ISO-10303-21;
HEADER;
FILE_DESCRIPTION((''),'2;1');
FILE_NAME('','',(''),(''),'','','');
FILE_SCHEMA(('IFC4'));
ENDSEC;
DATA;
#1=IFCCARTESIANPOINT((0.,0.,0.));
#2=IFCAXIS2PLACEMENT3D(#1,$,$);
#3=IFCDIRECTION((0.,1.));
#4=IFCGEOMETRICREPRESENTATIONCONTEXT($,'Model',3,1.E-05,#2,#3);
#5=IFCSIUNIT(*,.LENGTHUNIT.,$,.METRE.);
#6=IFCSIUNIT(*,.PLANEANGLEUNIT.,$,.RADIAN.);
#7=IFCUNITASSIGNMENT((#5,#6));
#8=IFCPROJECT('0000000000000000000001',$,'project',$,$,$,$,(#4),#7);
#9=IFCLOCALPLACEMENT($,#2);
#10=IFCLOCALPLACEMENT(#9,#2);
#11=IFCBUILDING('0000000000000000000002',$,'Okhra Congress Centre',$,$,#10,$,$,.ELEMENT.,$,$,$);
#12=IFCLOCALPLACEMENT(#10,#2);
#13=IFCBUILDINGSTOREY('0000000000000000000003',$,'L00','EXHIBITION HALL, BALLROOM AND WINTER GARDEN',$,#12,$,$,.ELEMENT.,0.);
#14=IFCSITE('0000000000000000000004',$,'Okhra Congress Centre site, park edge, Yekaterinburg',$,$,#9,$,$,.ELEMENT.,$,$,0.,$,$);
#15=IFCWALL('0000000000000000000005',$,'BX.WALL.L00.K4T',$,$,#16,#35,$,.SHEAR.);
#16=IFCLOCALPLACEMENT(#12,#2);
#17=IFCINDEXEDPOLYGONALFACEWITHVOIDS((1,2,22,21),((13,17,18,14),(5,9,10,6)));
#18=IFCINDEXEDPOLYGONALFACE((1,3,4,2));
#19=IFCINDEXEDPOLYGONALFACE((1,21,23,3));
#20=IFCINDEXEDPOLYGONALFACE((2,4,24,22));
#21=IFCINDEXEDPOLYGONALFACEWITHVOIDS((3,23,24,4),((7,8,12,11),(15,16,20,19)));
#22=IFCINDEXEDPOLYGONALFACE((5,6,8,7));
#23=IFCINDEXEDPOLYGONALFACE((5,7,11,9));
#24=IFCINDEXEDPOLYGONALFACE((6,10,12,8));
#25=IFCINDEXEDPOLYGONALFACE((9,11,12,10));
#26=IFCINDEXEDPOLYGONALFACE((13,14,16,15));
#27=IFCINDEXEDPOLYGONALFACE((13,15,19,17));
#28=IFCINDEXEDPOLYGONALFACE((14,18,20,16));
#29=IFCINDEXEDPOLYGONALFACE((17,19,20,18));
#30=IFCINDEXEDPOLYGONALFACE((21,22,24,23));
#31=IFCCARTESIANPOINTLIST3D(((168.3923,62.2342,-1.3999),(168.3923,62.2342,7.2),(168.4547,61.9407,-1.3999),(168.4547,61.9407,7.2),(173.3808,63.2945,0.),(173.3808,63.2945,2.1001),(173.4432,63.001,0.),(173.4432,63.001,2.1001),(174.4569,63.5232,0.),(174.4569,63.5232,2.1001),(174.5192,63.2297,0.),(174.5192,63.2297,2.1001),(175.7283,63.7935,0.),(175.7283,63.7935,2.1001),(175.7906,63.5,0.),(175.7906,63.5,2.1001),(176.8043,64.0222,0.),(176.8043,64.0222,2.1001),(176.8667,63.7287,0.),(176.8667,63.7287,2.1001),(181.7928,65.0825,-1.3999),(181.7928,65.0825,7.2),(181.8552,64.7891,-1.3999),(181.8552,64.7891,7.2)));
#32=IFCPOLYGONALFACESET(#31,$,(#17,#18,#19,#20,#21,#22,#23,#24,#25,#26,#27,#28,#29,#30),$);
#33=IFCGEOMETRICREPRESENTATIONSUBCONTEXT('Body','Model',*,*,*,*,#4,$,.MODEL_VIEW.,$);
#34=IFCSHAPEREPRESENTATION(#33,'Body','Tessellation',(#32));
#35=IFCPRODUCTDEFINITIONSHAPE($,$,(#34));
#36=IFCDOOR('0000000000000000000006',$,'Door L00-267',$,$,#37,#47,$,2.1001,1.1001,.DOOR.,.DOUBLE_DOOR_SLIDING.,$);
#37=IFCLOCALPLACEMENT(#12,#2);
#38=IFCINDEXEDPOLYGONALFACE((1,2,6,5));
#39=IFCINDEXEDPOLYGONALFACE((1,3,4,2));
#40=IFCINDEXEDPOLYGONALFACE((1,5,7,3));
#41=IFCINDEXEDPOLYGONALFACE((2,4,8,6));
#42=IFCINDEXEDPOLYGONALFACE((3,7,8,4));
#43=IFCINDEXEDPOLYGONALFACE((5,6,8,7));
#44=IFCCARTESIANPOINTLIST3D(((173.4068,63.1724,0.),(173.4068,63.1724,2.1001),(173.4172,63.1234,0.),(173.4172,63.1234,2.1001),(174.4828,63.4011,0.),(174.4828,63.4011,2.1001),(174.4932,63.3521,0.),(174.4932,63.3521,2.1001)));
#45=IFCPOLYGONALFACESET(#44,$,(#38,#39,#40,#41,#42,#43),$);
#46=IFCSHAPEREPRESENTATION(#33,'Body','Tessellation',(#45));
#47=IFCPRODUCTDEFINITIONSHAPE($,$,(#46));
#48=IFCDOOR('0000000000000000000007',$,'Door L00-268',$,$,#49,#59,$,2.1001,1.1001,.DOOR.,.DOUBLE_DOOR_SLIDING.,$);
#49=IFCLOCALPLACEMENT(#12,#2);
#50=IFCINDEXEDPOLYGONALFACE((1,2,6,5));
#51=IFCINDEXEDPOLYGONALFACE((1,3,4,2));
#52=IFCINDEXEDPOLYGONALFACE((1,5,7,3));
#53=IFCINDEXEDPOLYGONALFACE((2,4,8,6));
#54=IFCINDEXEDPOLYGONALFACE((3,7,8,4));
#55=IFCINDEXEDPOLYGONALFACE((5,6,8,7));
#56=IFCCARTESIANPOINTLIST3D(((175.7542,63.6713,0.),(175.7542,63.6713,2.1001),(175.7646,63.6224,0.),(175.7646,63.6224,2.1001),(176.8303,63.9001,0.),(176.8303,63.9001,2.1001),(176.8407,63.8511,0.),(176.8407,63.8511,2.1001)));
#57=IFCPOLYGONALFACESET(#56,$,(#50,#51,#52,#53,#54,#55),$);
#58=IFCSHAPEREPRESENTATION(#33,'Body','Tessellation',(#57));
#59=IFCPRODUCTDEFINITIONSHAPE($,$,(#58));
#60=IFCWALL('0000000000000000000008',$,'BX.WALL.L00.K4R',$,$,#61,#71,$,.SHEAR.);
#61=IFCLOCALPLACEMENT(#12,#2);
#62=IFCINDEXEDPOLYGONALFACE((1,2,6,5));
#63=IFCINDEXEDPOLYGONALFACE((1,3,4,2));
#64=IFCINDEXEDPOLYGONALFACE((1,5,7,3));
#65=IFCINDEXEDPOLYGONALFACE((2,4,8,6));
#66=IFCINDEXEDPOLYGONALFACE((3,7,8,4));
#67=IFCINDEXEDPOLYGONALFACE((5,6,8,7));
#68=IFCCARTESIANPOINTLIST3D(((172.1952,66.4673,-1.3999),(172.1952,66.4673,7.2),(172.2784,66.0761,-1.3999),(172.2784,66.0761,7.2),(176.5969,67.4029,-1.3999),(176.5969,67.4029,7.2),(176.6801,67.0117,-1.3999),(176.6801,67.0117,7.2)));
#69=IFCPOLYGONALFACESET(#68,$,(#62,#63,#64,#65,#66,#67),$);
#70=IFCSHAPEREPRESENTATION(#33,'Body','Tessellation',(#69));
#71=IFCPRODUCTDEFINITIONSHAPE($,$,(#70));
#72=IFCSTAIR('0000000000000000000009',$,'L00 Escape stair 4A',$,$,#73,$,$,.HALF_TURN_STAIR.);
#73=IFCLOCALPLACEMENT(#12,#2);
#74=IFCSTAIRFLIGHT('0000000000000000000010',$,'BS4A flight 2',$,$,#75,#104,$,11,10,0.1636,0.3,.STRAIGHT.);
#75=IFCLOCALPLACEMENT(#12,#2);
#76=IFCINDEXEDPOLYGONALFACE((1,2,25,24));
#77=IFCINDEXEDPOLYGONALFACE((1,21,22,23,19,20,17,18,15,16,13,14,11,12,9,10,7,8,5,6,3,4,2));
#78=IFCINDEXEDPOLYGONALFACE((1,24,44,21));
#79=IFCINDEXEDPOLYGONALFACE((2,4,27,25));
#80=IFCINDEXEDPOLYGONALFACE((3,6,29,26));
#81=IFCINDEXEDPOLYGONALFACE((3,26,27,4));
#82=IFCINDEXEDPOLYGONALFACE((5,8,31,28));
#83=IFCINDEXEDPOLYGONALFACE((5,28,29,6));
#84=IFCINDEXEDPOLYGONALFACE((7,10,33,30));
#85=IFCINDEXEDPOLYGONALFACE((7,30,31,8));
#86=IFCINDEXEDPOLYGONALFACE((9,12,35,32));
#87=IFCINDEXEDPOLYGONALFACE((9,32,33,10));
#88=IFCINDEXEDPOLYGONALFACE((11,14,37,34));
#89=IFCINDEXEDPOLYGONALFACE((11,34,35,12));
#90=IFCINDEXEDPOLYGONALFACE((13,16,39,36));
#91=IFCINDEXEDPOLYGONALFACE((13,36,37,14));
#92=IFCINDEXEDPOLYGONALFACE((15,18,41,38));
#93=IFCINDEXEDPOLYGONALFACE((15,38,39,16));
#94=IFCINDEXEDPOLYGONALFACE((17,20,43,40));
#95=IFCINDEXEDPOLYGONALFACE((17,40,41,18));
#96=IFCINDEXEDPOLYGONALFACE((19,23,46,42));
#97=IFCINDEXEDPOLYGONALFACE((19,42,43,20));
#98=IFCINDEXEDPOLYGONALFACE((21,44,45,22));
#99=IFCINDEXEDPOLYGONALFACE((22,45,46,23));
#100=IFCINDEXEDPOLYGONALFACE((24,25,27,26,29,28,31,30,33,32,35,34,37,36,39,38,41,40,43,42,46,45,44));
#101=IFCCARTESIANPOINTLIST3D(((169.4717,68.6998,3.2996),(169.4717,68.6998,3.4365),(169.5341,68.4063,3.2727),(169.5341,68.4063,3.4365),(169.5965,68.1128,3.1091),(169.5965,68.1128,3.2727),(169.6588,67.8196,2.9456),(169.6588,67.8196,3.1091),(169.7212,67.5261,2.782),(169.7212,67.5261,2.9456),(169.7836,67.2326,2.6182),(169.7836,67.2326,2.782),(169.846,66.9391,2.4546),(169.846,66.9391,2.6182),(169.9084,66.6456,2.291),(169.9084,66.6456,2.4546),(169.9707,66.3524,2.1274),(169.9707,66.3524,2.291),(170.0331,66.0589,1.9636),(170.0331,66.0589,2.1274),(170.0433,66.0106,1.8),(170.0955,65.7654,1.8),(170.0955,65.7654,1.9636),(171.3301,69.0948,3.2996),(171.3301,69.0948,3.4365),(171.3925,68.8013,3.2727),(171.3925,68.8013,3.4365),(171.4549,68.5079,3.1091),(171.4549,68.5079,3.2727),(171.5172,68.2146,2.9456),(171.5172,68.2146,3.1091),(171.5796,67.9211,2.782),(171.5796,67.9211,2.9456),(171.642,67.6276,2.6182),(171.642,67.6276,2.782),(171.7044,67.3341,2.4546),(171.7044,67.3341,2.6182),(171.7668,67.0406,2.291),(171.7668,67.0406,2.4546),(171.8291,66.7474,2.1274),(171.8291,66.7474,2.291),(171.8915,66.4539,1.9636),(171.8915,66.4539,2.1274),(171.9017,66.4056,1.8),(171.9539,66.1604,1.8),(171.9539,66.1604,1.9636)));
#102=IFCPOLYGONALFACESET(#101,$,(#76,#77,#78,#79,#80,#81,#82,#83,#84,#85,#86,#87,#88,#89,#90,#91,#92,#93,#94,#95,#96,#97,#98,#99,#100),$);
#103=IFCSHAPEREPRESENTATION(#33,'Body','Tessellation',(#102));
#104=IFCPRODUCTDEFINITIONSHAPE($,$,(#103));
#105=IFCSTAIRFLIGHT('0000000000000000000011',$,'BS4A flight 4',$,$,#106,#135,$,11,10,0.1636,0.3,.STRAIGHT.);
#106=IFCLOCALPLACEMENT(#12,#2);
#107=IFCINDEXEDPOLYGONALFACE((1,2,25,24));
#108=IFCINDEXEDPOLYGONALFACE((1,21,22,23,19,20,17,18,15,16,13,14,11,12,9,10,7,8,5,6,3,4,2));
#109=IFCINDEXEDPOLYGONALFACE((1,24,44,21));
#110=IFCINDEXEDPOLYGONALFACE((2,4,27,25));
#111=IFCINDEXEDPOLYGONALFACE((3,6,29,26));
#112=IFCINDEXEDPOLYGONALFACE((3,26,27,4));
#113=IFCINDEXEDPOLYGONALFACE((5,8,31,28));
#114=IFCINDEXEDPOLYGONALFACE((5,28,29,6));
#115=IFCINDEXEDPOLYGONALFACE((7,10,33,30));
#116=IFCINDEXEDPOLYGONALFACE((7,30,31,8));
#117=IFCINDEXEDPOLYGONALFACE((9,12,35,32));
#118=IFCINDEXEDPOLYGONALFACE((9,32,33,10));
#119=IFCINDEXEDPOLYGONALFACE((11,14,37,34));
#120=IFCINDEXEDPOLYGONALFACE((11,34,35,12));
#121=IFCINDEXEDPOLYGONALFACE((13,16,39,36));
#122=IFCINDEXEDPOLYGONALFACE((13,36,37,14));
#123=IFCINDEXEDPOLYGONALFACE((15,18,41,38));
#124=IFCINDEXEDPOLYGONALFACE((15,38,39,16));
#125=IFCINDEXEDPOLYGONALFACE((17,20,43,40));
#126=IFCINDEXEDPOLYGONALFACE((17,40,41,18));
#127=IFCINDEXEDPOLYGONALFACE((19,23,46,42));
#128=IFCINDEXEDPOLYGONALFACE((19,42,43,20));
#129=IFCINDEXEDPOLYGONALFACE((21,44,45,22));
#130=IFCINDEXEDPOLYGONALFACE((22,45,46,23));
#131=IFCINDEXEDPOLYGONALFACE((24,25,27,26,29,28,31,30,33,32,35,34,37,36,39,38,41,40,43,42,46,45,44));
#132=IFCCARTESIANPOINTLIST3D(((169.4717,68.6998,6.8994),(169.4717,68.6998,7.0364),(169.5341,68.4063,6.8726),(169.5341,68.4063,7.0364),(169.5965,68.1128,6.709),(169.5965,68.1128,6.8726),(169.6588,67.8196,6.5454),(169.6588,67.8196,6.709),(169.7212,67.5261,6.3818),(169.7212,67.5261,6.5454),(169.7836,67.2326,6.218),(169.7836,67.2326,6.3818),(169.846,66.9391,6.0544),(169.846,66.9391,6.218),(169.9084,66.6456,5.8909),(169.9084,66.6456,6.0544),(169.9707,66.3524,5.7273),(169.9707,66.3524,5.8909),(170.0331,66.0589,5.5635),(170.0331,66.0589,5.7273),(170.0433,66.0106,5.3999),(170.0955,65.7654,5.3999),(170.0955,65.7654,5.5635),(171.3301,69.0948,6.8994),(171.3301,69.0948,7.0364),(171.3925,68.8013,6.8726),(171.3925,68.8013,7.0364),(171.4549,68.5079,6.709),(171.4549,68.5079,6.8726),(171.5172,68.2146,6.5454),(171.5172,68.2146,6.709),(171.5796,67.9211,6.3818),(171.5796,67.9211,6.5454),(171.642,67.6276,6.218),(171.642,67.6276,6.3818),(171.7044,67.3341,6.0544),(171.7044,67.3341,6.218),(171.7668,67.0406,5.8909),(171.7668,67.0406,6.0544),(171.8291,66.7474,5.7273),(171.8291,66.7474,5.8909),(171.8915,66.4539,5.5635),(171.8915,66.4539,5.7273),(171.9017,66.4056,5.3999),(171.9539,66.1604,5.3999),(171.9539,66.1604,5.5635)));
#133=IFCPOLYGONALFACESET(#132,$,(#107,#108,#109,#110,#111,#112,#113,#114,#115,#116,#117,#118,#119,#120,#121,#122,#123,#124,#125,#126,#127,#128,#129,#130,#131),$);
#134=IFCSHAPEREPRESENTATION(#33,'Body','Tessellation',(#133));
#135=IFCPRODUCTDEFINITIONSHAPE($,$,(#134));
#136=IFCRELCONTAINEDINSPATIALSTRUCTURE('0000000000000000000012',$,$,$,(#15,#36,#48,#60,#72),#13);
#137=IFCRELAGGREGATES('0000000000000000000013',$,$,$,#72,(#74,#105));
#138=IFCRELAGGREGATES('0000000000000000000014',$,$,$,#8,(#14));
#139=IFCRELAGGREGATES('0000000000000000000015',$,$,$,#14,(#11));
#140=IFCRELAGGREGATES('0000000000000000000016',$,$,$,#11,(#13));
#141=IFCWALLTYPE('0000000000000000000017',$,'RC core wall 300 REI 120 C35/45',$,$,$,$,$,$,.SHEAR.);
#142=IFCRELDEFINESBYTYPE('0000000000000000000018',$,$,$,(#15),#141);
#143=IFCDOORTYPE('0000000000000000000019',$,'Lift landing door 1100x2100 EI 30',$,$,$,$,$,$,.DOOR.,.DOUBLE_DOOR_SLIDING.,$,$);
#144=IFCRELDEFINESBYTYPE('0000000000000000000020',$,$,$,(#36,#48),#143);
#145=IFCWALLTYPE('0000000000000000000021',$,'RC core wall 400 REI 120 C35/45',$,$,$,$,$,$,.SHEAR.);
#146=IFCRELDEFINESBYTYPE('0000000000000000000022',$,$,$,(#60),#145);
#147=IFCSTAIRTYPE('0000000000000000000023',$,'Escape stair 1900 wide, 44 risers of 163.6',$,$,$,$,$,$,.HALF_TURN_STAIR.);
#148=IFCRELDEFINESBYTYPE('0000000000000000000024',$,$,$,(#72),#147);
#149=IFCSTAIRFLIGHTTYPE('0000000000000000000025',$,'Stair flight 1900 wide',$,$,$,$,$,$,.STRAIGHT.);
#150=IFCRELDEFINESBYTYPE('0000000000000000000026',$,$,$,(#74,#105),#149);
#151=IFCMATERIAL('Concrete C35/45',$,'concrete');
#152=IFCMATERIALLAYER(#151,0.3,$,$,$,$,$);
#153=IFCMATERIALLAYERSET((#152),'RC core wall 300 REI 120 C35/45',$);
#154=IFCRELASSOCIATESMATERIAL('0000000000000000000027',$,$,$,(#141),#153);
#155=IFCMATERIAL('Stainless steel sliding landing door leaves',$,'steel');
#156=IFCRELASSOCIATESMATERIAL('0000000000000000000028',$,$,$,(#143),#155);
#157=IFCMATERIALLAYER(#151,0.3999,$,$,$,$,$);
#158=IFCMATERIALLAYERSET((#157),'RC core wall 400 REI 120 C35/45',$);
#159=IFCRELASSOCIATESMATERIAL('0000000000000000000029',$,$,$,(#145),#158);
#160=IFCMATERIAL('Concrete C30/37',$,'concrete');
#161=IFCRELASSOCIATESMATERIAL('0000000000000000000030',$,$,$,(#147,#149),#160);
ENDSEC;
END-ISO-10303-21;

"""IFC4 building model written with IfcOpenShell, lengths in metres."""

from ifc_helpers import new_model, si_unit, direction, frame, frame_2d, origin, place, context, subcontext, project, spatial, polyline, rectangle, outline, extrude, material, layer, layer_set, type_object, element, fill, aggregate, save


model = new_model("IFC4")

# Units and contexts
model_context = context("Model", 3, precision=1e-05, world=origin(), true_north=direction((0.0, 1.0)))
body_context = subcontext(model_context, "Body", "Model", "MODEL_VIEW")
ifc_project = project(units=[si_unit("LENGTHUNIT", "METRE"), si_unit("PLANEANGLEUNIT", "RADIAN")], contexts=[model_context])

# Site, building, storey
site_placement = place(None, origin())
site = spatial("IfcSite", under=ifc_project, at=site_placement, Name="Okhra Congress Centre site, park edge, Yekaterinburg", CompositionType="ELEMENT", RefElevation=0.0)
building_placement = place(site_placement, origin())
building = spatial("IfcBuilding", under=site, at=building_placement, Name="Okhra Congress Centre", CompositionType="ELEMENT")
storey_placement = place(building_placement, origin())
storey = spatial("IfcBuildingStorey", under=building, at=storey_placement, Name="L00", Description="EXHIBITION HALL, BALLROOM AND WINTER GARDEN", CompositionType="ELEMENT", Elevation=0.0)

# Shared definitions
ifc_material_1 = material(Name="Concrete C30/37", Category="concrete")

# Shared definitions
ifc_material_2 = material(Name="Concrete C35/45", Category="concrete")

# Wall, openings, doors
ifc_layer_1 = layer(ifc_material_2, 0.3)
ifc_layer_set_1 = layer_set([ifc_layer_1], Name="RC core wall 300 REI 120 C35/45")
wall_type_1 = type_object("IfcWallType", Name="RC core wall 300 REI 120 C35/45", PredefinedType="SHEAR", material=ifc_layer_set_1)
wall_1_placement = place(storey_placement, frame((168.4233, 62.0874, -1.3999), z_axis=(0.0, 0.0, 1.0), x_axis=(0.978148, 0.207911, 0.0)))
wall_1 = element("IfcWall", 1, at=wall_1_placement, inside=storey, type_object=wall_type_1, Name="BX.WALL.L00.K4T", PredefinedType="SHEAR", context=body_context, shape_type="SweptSolid", body=[
    extrude(rectangle(XDim=13.7, YDim=0.3, at=frame_2d((6.8501, 0.0))), origin(), (0.0, 0.0, 1.0), 8.5999),
])
opening_1_placement = place(wall_1_placement, frame((5.1001, 0.0, 1.3999)))
opening_1 = element("IfcOpeningElement", 2, at=opening_1_placement, cuts=wall_1, PredefinedType="OPENING", context=body_context, shape_type="SweptSolid", body=[
    extrude(rectangle(XDim=1.1001, YDim=2.1001, at=frame_2d((0.55, 1.05))), frame((0.0, 0.1599, 0.0), z_axis=(0.0, -1.0, 0.0), x_axis=(1.0, 0.0, 0.0)), (0.0, 0.0, 1.0), 0.3201),
])
opening_2_placement = place(wall_1_placement, frame((7.5, 0.0, 1.3999)))
opening_2 = element("IfcOpeningElement", 3, at=opening_2_placement, cuts=wall_1, PredefinedType="OPENING", context=body_context, shape_type="SweptSolid", body=[
    extrude(rectangle(XDim=1.1001, YDim=2.1001, at=frame_2d((0.55, 1.05))), frame((0.0, 0.1599, 0.0), z_axis=(0.0, -1.0, 0.0), x_axis=(1.0, 0.0, 0.0)), (0.0, 0.0, 1.0), 0.3201),
])
ifc_material_3 = material(Name="Stainless steel sliding landing door leaves", Category="steel")
door_type = type_object("IfcDoorType", Name="Lift landing door 1100x2100 EI 30", OperationType="DOUBLE_DOOR_SLIDING", PredefinedType="DOOR", material=ifc_material_3)
door_1_placement = place(opening_1_placement, frame((1.1001, 0.0, 0.0), z_axis=(0.0, 0.0, 1.0), x_axis=(-1.0, 0.0, 0.0)))
door_1 = element("IfcDoor", 4, at=door_1_placement, inside=storey, type_object=door_type, Name="Door L00-267", OperationType="DOUBLE_DOOR_SLIDING", OverallHeight=2.1001, OverallWidth=1.1001, PredefinedType="DOOR", context=body_context, shape_type="SweptSolid", body=[
    extrude(rectangle(XDim=1.1001, YDim=2.1001, at=frame_2d((0.55, 1.05))), frame((0.0, 0.0249, 0.0), z_axis=(0.0, -1.0, 0.0), x_axis=(1.0, 0.0, 0.0)), (0.0, 0.0, 1.0), 0.05),
])
fill(opening_1, door_1)
door_2_placement = place(opening_2_placement, frame((1.1001, 0.0, 0.0), z_axis=(0.0, 0.0, 1.0), x_axis=(-1.0, 0.0, 0.0)))
door_2 = element("IfcDoor", 5, at=door_2_placement, inside=storey, type_object=door_type, Name="Door L00-268", OperationType="DOUBLE_DOOR_SLIDING", OverallHeight=2.1001, OverallWidth=1.1001, PredefinedType="DOOR", context=body_context, shape_type="SweptSolid", body=[
    extrude(rectangle(XDim=1.1001, YDim=2.1001, at=frame_2d((0.55, 1.05))), frame((0.0, 0.0249, 0.0), z_axis=(0.0, -1.0, 0.0), x_axis=(1.0, 0.0, 0.0)), (0.0, 0.0, 1.0), 0.05),
])
fill(opening_2, door_2)

# Wall
ifc_layer_2 = layer(ifc_material_2, 0.3999)
ifc_layer_set_2 = layer_set([ifc_layer_2], Name="RC core wall 400 REI 120 C35/45")
wall_type_2 = type_object("IfcWallType", Name="RC core wall 400 REI 120 C35/45", PredefinedType="SHEAR", material=ifc_layer_set_2)
wall_2_placement = place(storey_placement, frame((172.2368, 66.2717, -1.3999), z_axis=(0.0, 0.0, 1.0), x_axis=(0.97815, 0.207902, 0.0)))
element("IfcWall", 6, at=wall_2_placement, inside=storey, type_object=wall_type_2, Name="BX.WALL.L00.K4R", PredefinedType="SHEAR", context=body_context, shape_type="SweptSolid", body=[
    extrude(rectangle(XDim=4.5, YDim=0.3999, at=frame_2d((2.25, 0.0))), origin(), (0.0, 0.0, 1.0), 8.5999),
])

# Stair, stair flights
stair_type = type_object("IfcStairType", Name="Escape stair 1900 wide, 44 risers of 163.6", PredefinedType="HALF_TURN_STAIR", material=ifc_material_1)
stair_placement = place(storey_placement, origin())
stair = element("IfcStair", 7, at=stair_placement, inside=storey, type_object=stair_type, Name="L00 Escape stair 4A", PredefinedType="HALF_TURN_STAIR")
stair_flight_type = type_object("IfcStairFlightType", Name="Stair flight 1900 wide", PredefinedType="STRAIGHT", material=ifc_material_1)
stair_flight_1_placement = place(storey_placement, frame((171.0247, 65.9629, 1.8), z_axis=(0.0, 0.0, 1.0), x_axis=(-0.207912, 0.978148, 0.0)))
stair_flight_1 = element("IfcStairFlight", 8, at=stair_flight_1_placement, type_object=stair_flight_type, Name="BS4A flight 2", NumberOfRisers=11, NumberOfTreads=10, PredefinedType="STRAIGHT", RiserHeight=0.1636, TreadLength=0.3, context=body_context, shape_type="SweptSolid", body=[
    extrude(outline(polyline([(0.0, 0.0), (0.0, 0.1636), (0.3, 0.1636), (0.3, 0.3274), (0.6001, 0.3274), (0.6001, 0.491), (0.8999, 0.491), (0.8999, 0.6545), (1.2, 0.6545), (1.2, 0.8181), (1.5, 0.8181), (1.5, 0.9819), (1.8, 0.9819), (1.8, 1.1455), (2.1001, 1.1455), (2.1001, 1.3091), (2.3999, 1.3091), (2.3999, 1.4727), (2.7, 1.4727), (2.7, 1.6365), (3.0, 1.6365), (3.0, 1.8), (3.0, 1.4995), (0.2507, 0.0), (0.0, 0.0)])), frame((0.0, 0.95, 0.0), z_axis=(0.0, -1.0, 0.0), x_axis=(1.0, 0.0, 0.0)), (0.0, 0.0, 1.0), 1.8999),
])
stair_flight_2_placement = place(storey_placement, frame((171.0247, 65.9629, 5.3999), z_axis=(0.0, 0.0, 1.0), x_axis=(-0.207912, 0.978148, 0.0)))
stair_flight_2 = element("IfcStairFlight", 9, at=stair_flight_2_placement, type_object=stair_flight_type, Name="BS4A flight 4", NumberOfRisers=11, NumberOfTreads=10, PredefinedType="STRAIGHT", RiserHeight=0.1636, TreadLength=0.3, context=body_context, shape_type="SweptSolid", body=[
    extrude(outline(polyline([(0.0, 0.0), (0.0, 0.1636), (0.3, 0.1636), (0.3, 0.3274), (0.6001, 0.3274), (0.6001, 0.491), (0.8999, 0.491), (0.8999, 0.6545), (1.2, 0.6545), (1.2, 0.8181), (1.5, 0.8181), (1.5, 0.9819), (1.8, 0.9819), (1.8, 1.1455), (2.1001, 1.1455), (2.1001, 1.3091), (2.3999, 1.3091), (2.3999, 1.4727), (2.7, 1.4727), (2.7, 1.6365), (3.0, 1.6365), (3.0, 1.8), (3.0, 1.4995), (0.2507, 0.0), (0.0, 0.0)])), frame((0.0, 0.95, 0.0), z_axis=(0.0, -1.0, 0.0), x_axis=(1.0, 0.0, 0.0)), (0.0, 0.0, 1.0), 1.8999),
])
aggregate(stair, [stair_flight_1, stair_flight_2])

save(model, "model.ifc")
